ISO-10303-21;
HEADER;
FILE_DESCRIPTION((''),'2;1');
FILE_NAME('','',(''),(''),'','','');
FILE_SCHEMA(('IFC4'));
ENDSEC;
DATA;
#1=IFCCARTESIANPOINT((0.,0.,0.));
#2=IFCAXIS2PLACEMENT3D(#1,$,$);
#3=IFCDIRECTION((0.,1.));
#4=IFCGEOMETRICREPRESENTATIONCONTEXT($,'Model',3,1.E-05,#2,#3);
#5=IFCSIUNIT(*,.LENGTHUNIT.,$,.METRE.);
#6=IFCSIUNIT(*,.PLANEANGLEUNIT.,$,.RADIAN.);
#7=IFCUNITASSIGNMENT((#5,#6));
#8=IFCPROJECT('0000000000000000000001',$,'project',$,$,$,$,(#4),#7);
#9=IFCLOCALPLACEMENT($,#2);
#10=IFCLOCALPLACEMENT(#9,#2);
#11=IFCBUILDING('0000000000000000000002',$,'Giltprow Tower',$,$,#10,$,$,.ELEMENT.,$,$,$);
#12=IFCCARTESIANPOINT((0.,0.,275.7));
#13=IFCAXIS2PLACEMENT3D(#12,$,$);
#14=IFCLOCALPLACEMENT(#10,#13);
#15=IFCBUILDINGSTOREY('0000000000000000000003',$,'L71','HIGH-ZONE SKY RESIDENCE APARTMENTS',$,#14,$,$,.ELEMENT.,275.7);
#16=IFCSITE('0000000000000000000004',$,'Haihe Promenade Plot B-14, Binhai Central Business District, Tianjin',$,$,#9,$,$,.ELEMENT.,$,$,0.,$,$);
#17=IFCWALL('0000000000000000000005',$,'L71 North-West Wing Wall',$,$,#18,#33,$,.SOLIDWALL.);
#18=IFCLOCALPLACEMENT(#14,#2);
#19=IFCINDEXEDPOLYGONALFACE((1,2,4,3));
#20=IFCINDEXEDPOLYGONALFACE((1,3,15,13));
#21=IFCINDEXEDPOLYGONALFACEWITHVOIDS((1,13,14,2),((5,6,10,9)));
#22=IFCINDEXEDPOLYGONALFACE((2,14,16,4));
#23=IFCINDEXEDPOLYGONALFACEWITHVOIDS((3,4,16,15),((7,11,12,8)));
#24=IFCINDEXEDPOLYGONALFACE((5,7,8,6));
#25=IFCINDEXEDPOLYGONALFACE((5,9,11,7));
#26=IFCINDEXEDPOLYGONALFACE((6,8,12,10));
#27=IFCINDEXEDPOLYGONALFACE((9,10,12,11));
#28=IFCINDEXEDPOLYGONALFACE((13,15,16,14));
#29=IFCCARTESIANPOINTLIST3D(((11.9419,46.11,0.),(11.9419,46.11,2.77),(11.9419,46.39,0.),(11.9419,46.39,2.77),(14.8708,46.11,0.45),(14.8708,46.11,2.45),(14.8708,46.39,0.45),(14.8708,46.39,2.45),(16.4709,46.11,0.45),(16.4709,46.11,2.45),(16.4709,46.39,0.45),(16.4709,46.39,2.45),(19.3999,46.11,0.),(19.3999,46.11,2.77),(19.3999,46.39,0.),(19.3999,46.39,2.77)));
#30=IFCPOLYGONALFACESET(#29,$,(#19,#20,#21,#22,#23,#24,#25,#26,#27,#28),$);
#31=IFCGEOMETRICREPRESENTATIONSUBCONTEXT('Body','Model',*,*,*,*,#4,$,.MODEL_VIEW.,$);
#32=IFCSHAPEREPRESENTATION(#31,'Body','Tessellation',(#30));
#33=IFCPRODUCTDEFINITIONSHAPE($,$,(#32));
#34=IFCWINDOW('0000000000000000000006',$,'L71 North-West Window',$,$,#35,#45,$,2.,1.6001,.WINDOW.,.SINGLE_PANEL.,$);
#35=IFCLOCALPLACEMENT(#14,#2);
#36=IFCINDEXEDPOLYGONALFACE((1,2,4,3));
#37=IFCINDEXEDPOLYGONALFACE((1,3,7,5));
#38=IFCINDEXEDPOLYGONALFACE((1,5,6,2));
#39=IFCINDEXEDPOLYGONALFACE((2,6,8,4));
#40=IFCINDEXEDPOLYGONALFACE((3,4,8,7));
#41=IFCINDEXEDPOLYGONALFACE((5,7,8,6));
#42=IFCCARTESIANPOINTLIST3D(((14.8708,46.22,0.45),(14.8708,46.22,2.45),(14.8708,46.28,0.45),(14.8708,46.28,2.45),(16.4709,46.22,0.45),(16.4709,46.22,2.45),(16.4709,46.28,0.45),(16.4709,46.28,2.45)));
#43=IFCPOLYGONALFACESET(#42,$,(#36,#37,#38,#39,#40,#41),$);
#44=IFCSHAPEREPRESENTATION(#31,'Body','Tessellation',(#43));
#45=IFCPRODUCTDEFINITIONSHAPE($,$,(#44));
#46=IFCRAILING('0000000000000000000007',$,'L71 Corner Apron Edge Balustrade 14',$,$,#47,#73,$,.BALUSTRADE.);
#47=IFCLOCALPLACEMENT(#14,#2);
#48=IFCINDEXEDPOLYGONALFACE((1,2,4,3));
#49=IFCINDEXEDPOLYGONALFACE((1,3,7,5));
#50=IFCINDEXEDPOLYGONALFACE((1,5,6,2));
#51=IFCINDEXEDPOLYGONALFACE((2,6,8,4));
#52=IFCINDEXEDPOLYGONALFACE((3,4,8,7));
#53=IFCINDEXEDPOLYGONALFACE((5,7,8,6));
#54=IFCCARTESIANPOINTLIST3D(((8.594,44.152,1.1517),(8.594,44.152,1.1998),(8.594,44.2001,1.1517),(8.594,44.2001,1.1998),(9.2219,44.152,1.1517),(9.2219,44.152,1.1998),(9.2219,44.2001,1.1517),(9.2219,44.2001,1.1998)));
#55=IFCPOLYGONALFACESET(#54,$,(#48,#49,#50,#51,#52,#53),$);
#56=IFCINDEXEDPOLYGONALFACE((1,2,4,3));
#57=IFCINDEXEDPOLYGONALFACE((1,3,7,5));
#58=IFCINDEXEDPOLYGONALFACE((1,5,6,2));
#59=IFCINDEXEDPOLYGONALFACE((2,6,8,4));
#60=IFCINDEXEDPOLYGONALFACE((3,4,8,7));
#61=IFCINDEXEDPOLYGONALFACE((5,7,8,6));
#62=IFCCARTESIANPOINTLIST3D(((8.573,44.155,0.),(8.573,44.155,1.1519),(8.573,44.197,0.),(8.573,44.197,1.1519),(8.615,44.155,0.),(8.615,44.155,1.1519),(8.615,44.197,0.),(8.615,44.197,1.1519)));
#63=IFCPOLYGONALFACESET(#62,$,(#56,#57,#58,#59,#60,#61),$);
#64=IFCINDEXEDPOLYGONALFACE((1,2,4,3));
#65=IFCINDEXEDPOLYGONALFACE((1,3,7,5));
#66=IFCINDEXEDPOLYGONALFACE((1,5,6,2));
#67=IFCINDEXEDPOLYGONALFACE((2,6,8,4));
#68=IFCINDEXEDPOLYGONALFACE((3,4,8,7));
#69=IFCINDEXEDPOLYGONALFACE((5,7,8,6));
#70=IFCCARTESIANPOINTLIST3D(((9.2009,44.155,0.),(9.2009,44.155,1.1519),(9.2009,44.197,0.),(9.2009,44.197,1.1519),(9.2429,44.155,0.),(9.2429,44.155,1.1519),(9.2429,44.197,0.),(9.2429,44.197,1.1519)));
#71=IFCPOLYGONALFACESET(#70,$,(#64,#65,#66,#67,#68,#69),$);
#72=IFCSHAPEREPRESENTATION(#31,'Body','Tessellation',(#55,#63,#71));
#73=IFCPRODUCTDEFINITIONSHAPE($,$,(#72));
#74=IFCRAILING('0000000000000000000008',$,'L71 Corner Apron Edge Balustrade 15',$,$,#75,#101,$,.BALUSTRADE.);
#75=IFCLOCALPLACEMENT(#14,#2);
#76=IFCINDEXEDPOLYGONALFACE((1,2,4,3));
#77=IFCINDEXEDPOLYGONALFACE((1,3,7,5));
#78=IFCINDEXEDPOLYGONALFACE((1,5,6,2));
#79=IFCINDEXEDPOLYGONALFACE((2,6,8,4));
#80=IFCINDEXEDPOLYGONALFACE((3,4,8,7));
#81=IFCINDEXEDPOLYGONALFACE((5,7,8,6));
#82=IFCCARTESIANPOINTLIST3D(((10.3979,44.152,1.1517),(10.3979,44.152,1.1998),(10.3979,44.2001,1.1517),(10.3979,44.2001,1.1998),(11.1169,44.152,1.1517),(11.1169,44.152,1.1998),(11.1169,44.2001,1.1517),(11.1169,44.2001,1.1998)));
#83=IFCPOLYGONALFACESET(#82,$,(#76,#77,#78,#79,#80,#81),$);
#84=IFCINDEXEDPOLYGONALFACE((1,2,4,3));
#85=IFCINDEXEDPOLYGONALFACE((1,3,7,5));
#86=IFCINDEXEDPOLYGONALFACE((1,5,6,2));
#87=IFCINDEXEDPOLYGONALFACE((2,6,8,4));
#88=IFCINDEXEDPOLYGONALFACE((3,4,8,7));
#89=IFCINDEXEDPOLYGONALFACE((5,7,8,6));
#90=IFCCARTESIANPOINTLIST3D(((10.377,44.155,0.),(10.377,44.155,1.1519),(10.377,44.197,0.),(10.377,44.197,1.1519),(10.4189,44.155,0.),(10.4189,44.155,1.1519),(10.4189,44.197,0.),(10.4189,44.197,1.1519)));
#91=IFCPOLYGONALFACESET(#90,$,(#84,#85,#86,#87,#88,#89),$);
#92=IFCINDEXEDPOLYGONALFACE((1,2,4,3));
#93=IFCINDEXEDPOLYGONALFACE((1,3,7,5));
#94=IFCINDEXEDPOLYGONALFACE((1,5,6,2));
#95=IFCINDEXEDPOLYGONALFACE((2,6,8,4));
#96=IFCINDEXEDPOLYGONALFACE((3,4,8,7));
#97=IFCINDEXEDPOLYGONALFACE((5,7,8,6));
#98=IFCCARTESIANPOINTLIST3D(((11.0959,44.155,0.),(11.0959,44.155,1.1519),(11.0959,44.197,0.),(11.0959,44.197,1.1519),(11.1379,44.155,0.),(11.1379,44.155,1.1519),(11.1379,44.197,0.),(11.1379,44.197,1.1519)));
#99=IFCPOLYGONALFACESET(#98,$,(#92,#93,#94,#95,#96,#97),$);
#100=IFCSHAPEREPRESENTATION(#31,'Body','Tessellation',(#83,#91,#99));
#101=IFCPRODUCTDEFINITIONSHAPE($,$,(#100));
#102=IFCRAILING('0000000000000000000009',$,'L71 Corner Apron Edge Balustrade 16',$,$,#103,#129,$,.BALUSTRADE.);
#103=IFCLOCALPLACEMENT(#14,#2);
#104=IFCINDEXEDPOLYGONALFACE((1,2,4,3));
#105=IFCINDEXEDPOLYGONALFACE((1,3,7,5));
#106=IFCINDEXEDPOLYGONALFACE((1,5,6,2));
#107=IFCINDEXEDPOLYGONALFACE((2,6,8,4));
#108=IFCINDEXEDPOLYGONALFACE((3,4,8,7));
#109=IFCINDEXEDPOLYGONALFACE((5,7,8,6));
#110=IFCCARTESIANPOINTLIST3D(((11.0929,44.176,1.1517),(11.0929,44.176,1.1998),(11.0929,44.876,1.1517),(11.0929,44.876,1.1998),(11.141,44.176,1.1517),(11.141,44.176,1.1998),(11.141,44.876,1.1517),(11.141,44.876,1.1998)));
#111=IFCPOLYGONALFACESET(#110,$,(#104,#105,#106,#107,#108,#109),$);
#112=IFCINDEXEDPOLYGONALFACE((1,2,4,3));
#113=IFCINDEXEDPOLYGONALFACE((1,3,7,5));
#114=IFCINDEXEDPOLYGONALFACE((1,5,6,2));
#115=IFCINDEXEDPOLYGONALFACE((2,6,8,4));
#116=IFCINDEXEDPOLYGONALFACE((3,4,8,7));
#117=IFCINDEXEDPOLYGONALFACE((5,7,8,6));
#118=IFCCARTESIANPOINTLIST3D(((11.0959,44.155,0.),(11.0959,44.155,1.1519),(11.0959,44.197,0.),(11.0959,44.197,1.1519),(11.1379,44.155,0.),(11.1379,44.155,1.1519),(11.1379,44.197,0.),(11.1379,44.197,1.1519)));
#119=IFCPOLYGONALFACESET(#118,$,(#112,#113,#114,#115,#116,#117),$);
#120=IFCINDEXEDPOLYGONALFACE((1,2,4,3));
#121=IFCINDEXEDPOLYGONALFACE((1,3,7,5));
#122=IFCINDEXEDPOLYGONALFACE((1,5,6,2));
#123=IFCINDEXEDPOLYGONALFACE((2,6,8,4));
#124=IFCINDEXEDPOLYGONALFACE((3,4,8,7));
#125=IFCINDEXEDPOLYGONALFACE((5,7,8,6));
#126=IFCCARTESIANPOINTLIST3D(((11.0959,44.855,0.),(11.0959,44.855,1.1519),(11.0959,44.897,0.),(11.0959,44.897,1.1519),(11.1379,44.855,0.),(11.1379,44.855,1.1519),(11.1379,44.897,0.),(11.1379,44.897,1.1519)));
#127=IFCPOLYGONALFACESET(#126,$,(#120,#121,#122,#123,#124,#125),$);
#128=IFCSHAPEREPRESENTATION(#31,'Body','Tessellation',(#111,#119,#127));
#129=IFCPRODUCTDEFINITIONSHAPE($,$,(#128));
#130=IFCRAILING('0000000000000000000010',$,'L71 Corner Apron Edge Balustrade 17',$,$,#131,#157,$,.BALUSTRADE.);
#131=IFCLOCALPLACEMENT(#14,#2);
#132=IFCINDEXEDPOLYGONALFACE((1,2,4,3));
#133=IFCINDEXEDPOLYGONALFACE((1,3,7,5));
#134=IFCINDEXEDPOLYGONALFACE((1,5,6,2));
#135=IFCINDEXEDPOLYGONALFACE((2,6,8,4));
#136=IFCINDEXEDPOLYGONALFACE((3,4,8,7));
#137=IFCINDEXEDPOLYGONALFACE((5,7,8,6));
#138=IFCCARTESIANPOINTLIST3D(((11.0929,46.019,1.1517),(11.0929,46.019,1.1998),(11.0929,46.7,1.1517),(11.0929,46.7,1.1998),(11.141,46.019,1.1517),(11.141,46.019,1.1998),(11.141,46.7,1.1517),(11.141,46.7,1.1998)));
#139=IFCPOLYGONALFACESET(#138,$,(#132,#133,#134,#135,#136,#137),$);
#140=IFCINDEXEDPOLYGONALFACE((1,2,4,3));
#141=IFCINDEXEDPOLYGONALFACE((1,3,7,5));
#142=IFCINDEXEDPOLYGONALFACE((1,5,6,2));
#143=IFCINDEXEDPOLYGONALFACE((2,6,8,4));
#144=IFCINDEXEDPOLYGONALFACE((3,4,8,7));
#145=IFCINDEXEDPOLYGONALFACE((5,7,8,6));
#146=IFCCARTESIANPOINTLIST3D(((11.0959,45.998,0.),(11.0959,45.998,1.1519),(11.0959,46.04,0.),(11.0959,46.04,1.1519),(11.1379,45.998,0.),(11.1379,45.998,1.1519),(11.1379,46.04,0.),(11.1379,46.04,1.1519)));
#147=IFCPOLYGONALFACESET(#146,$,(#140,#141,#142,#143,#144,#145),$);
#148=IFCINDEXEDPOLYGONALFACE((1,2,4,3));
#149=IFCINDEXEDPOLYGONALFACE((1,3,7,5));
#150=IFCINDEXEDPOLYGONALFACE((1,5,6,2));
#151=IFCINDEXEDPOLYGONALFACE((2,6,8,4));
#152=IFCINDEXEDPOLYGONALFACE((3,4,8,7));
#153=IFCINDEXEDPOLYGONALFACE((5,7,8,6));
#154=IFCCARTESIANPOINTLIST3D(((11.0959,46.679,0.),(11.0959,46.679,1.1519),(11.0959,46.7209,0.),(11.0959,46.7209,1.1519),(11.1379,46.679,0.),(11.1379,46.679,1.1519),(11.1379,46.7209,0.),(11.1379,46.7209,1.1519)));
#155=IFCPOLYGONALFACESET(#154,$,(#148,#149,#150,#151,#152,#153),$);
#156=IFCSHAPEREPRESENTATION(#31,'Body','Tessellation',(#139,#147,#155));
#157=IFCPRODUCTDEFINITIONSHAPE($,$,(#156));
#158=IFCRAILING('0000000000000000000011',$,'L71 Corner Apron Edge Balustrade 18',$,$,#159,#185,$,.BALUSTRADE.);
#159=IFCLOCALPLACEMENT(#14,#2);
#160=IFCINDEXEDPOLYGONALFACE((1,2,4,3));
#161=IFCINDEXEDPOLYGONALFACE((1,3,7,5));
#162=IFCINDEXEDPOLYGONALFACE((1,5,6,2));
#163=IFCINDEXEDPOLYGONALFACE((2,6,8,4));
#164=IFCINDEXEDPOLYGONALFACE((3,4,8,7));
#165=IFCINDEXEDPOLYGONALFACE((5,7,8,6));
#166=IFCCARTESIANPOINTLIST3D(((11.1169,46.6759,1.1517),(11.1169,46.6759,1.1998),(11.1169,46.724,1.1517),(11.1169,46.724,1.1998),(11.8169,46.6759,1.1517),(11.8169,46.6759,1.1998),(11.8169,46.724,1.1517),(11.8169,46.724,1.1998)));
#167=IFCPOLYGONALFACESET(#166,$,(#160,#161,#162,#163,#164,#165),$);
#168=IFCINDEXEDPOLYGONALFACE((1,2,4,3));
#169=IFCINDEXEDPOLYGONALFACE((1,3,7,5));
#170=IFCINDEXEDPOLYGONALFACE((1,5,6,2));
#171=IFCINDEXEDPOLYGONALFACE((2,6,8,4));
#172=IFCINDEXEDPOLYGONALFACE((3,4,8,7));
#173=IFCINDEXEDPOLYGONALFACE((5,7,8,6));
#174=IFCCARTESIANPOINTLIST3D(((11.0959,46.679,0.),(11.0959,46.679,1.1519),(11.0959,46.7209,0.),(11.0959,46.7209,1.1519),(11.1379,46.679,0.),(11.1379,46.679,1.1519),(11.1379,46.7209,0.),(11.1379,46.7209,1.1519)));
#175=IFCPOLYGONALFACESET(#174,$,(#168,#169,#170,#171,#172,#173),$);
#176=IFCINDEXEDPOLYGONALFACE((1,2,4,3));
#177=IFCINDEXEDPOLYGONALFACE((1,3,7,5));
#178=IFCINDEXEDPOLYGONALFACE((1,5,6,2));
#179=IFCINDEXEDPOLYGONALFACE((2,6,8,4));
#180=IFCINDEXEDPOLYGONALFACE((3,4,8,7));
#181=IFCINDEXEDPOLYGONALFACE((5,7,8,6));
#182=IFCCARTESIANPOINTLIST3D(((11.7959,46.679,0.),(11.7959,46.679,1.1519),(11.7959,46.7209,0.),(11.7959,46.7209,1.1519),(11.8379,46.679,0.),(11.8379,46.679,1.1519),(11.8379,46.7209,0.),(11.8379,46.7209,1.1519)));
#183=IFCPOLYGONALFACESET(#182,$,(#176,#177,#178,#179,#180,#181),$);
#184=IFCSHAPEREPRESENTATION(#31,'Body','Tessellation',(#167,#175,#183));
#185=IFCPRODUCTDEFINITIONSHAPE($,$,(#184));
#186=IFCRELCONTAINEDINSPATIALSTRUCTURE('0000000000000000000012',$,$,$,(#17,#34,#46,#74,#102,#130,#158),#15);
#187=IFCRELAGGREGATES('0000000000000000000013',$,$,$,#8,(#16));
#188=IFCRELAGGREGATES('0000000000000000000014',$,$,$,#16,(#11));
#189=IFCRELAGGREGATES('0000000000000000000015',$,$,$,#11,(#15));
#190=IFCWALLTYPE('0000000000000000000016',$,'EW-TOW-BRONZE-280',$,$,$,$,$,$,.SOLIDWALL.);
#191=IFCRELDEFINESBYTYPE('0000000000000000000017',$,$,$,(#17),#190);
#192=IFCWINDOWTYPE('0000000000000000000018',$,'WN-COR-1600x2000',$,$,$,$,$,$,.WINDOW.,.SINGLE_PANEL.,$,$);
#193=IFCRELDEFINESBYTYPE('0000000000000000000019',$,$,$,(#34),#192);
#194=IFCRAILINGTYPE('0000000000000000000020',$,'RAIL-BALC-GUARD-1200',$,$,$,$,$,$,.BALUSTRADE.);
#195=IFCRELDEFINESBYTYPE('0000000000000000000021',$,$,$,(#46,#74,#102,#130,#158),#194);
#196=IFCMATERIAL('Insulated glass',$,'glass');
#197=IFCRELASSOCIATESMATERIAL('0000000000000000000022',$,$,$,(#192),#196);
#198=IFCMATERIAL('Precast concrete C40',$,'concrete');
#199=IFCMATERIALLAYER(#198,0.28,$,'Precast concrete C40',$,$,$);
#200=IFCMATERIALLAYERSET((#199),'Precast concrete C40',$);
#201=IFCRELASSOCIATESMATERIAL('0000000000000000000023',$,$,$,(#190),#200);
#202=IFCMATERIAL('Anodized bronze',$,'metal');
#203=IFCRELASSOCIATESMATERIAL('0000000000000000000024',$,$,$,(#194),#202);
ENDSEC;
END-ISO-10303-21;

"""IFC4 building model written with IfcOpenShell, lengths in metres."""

from ifc_helpers import new_model, si_unit, direction, frame, frame_2d, origin, origin_2d, place, context, subcontext, project, spatial, rectangle, extrude, source, transform, mapped, material, layer, layer_set, type_object, element, fill, save


model = new_model("IFC4")

# Units and contexts
model_context = context("Model", 3, precision=1e-05, world=origin(), true_north=direction((0.0, 1.0)))
body_context = subcontext(model_context, "Body", "Model", "MODEL_VIEW")
ifc_project = project(units=[si_unit("LENGTHUNIT", "METRE"), si_unit("PLANEANGLEUNIT", "RADIAN")], contexts=[model_context])

# Site, building, storey
site_placement = place(None, origin())
site = spatial("IfcSite", under=ifc_project, at=site_placement, Name="Haihe Promenade Plot B-14, Binhai Central Business District, Tianjin", CompositionType="ELEMENT", RefElevation=0.0)
building_placement = place(site_placement, origin())
building = spatial("IfcBuilding", under=site, at=building_placement, Name="Giltprow Tower", CompositionType="ELEMENT")
storey_placement = place(building_placement, frame((0.0, 0.0, 275.7)))
storey = spatial("IfcBuildingStorey", under=building, at=storey_placement, Name="L71", Description="HIGH-ZONE SKY RESIDENCE APARTMENTS", CompositionType="ELEMENT", Elevation=275.7)

# Wall, opening, window
ifc_material_1 = material(Name="Precast concrete C40", Category="concrete")
ifc_material_2 = material(Name="Insulated glass", Category="glass")
window_type = type_object("IfcWindowType", Name="WN-COR-1600x2000", PartitioningType="SINGLE_PANEL", PredefinedType="WINDOW", material=ifc_material_2)
shared_shape_1 = source(origin(), body_context, "Body", "SweptSolid", [
    extrude(rectangle(XDim=1.6001, YDim=2.0, at=frame_2d((0.8, 1.0))), frame((0.0, 0.03, 0.0), z_axis=(0.0, -1.0, 0.0), x_axis=(1.0, 0.0, 0.0)), (0.0, 0.0, 1.0), 0.0601),
])
ifc_layer_1 = layer(ifc_material_1, 0.28, Name="Precast concrete C40")
ifc_layer_set_1 = layer_set([ifc_layer_1], Name="Precast concrete C40")
wall_type_1 = type_object("IfcWallType", Name="EW-TOW-BRONZE-280", PredefinedType="SOLIDWALL", material=ifc_layer_set_1)
wall_1_placement = place(storey_placement, frame((11.9419, 46.25, 0.0), z_axis=(0.0, 0.0, 1.0), x_axis=(1.0, 0.0, 0.0)))
wall_1 = element("IfcWall", 1, at=wall_1_placement, inside=storey, type_object=wall_type_1, Name="L71 North-West Wing Wall", PredefinedType="SOLIDWALL", context=body_context, shape_type="SweptSolid", body=[
    extrude(rectangle(XDim=7.458, YDim=0.28, at=frame_2d((3.729, 0.0))), origin(), (0.0, 0.0, 1.0), 2.77),
])
opening_1_placement = place(wall_1_placement, frame((2.929, 0.0, 0.45)))
opening_1 = element("IfcOpeningElement", 2, at=opening_1_placement, cuts=wall_1, PredefinedType="OPENING", context=body_context, shape_type="SweptSolid", body=[
    extrude(rectangle(XDim=1.6001, YDim=2.0, at=frame_2d((0.8, 1.0))), frame((0.0, 0.1499, 0.0), z_axis=(0.0, -1.0, 0.0), x_axis=(1.0, 0.0, 0.0)), (0.0, 0.0, 1.0), 0.3),
])
window_1_placement = place(opening_1_placement, origin())
window_1 = element("IfcWindow", 3, at=window_1_placement, inside=storey, type_object=window_type, Name="L71 North-West Window", OverallHeight=2.0, OverallWidth=1.6001, PartitioningType="SINGLE_PANEL", PredefinedType="WINDOW", context=body_context, shape_type="MappedRepresentation", body=[
    mapped(shared_shape_1, transform((0.0, 0.0, 0.0), x_axis=(1.0, 0.0, 0.0), y_axis=(0.0, 1.0, 0.0), z_axis=(0.0, 0.0, 1.0), scale=1.0)),
])
fill(opening_1, window_1)

# Railings
ifc_material_3 = material(Name="Anodized bronze", Category="metal")
railing_type = type_object("IfcRailingType", Name="RAIL-BALC-GUARD-1200", PredefinedType="BALUSTRADE", material=ifc_material_3)
railing_1_placement = place(storey_placement, frame((8.594, 44.176, 0.0)))
element("IfcRailing", 4, at=railing_1_placement, inside=storey, type_object=railing_type, Name="L71 Corner Apron Edge Balustrade 14", PredefinedType="BALUSTRADE", context=body_context, shape_type="SweptSolid", body=[
    extrude(rectangle(XDim=0.0481, YDim=0.0481, at=origin_2d()), frame((0.0, 0.0, 1.1758), z_axis=(1.0, 0.0, 0.0), x_axis=(0.0, 1.0, 0.0)), (0.0, 0.0, 1.0), 0.6279),
    extrude(rectangle(XDim=0.042, YDim=0.042, at=origin_2d()), origin(), (0.0, 0.0, 1.0), 1.1519),
    extrude(rectangle(XDim=0.042, YDim=0.042, at=origin_2d()), frame((0.6279, 0.0, 0.0)), (0.0, 0.0, 1.0), 1.1519),
])
railing_2_placement = place(storey_placement, frame((10.3979, 44.176, 0.0)))
element("IfcRailing", 5, at=railing_2_placement, inside=storey, type_object=railing_type, Name="L71 Corner Apron Edge Balustrade 15", PredefinedType="BALUSTRADE", context=body_context, shape_type="SweptSolid", body=[
    extrude(rectangle(XDim=0.0481, YDim=0.0481, at=origin_2d()), frame((0.0, 0.0, 1.1758), z_axis=(1.0, 0.0, 0.0), x_axis=(0.0, 1.0, 0.0)), (0.0, 0.0, 1.0), 0.719),
    extrude(rectangle(XDim=0.042, YDim=0.042, at=origin_2d()), origin(), (0.0, 0.0, 1.0), 1.1519),
    extrude(rectangle(XDim=0.042, YDim=0.042, at=origin_2d()), frame((0.719, 0.0, 0.0)), (0.0, 0.0, 1.0), 1.1519),
])
railing_3_placement = place(storey_placement, frame((11.1169, 44.176, 0.0)))
element("IfcRailing", 6, at=railing_3_placement, inside=storey, type_object=railing_type, Name="L71 Corner Apron Edge Balustrade 16", PredefinedType="BALUSTRADE", context=body_context, shape_type="SweptSolid", body=[
    extrude(rectangle(XDim=0.0481, YDim=0.0481, at=origin_2d()), frame((0.0, 0.0, 1.1758), z_axis=(0.0, 1.0, 0.0), x_axis=(-1.0, 0.0, 0.0)), (0.0, 0.0, 1.0), 0.7),
    extrude(rectangle(XDim=0.042, YDim=0.042, at=origin_2d()), origin(), (0.0, 0.0, 1.0), 1.1519),
    extrude(rectangle(XDim=0.042, YDim=0.042, at=origin_2d()), frame((0.0, 0.7, 0.0)), (0.0, 0.0, 1.0), 1.1519),
])
railing_4_placement = place(storey_placement, frame((11.1169, 46.019, 0.0)))
element("IfcRailing", 7, at=railing_4_placement, inside=storey, type_object=railing_type, Name="L71 Corner Apron Edge Balustrade 17", PredefinedType="BALUSTRADE", context=body_context, shape_type="SweptSolid", body=[
    extrude(rectangle(XDim=0.0481, YDim=0.0481, at=origin_2d()), frame((0.0, 0.0, 1.1758), z_axis=(0.0, 1.0, 0.0), x_axis=(-1.0, 0.0, 0.0)), (0.0, 0.0, 1.0), 0.6809),
    extrude(rectangle(XDim=0.042, YDim=0.042, at=origin_2d()), origin(), (0.0, 0.0, 1.0), 1.1519),
    extrude(rectangle(XDim=0.042, YDim=0.042, at=origin_2d()), frame((0.0, 0.6809, 0.0)), (0.0, 0.0, 1.0), 1.1519),
])
railing_5_placement = place(storey_placement, frame((11.1169, 46.7, 0.0)))
element("IfcRailing", 8, at=railing_5_placement, inside=storey, type_object=railing_type, Name="L71 Corner Apron Edge Balustrade 18", PredefinedType="BALUSTRADE", context=body_context, shape_type="SweptSolid", body=[
    extrude(rectangle(XDim=0.0481, YDim=0.0481, at=origin_2d()), frame((0.0, 0.0, 1.1758), z_axis=(1.0, 0.0, 0.0), x_axis=(0.0, 1.0, 0.0)), (0.0, 0.0, 1.0), 0.7),
    extrude(rectangle(XDim=0.042, YDim=0.042, at=origin_2d()), origin(), (0.0, 0.0, 1.0), 1.1519),
    extrude(rectangle(XDim=0.042, YDim=0.042, at=origin_2d()), frame((0.7, 0.0, 0.0)), (0.0, 0.0, 1.0), 1.1519),
])

save(model, "model.ifc")
